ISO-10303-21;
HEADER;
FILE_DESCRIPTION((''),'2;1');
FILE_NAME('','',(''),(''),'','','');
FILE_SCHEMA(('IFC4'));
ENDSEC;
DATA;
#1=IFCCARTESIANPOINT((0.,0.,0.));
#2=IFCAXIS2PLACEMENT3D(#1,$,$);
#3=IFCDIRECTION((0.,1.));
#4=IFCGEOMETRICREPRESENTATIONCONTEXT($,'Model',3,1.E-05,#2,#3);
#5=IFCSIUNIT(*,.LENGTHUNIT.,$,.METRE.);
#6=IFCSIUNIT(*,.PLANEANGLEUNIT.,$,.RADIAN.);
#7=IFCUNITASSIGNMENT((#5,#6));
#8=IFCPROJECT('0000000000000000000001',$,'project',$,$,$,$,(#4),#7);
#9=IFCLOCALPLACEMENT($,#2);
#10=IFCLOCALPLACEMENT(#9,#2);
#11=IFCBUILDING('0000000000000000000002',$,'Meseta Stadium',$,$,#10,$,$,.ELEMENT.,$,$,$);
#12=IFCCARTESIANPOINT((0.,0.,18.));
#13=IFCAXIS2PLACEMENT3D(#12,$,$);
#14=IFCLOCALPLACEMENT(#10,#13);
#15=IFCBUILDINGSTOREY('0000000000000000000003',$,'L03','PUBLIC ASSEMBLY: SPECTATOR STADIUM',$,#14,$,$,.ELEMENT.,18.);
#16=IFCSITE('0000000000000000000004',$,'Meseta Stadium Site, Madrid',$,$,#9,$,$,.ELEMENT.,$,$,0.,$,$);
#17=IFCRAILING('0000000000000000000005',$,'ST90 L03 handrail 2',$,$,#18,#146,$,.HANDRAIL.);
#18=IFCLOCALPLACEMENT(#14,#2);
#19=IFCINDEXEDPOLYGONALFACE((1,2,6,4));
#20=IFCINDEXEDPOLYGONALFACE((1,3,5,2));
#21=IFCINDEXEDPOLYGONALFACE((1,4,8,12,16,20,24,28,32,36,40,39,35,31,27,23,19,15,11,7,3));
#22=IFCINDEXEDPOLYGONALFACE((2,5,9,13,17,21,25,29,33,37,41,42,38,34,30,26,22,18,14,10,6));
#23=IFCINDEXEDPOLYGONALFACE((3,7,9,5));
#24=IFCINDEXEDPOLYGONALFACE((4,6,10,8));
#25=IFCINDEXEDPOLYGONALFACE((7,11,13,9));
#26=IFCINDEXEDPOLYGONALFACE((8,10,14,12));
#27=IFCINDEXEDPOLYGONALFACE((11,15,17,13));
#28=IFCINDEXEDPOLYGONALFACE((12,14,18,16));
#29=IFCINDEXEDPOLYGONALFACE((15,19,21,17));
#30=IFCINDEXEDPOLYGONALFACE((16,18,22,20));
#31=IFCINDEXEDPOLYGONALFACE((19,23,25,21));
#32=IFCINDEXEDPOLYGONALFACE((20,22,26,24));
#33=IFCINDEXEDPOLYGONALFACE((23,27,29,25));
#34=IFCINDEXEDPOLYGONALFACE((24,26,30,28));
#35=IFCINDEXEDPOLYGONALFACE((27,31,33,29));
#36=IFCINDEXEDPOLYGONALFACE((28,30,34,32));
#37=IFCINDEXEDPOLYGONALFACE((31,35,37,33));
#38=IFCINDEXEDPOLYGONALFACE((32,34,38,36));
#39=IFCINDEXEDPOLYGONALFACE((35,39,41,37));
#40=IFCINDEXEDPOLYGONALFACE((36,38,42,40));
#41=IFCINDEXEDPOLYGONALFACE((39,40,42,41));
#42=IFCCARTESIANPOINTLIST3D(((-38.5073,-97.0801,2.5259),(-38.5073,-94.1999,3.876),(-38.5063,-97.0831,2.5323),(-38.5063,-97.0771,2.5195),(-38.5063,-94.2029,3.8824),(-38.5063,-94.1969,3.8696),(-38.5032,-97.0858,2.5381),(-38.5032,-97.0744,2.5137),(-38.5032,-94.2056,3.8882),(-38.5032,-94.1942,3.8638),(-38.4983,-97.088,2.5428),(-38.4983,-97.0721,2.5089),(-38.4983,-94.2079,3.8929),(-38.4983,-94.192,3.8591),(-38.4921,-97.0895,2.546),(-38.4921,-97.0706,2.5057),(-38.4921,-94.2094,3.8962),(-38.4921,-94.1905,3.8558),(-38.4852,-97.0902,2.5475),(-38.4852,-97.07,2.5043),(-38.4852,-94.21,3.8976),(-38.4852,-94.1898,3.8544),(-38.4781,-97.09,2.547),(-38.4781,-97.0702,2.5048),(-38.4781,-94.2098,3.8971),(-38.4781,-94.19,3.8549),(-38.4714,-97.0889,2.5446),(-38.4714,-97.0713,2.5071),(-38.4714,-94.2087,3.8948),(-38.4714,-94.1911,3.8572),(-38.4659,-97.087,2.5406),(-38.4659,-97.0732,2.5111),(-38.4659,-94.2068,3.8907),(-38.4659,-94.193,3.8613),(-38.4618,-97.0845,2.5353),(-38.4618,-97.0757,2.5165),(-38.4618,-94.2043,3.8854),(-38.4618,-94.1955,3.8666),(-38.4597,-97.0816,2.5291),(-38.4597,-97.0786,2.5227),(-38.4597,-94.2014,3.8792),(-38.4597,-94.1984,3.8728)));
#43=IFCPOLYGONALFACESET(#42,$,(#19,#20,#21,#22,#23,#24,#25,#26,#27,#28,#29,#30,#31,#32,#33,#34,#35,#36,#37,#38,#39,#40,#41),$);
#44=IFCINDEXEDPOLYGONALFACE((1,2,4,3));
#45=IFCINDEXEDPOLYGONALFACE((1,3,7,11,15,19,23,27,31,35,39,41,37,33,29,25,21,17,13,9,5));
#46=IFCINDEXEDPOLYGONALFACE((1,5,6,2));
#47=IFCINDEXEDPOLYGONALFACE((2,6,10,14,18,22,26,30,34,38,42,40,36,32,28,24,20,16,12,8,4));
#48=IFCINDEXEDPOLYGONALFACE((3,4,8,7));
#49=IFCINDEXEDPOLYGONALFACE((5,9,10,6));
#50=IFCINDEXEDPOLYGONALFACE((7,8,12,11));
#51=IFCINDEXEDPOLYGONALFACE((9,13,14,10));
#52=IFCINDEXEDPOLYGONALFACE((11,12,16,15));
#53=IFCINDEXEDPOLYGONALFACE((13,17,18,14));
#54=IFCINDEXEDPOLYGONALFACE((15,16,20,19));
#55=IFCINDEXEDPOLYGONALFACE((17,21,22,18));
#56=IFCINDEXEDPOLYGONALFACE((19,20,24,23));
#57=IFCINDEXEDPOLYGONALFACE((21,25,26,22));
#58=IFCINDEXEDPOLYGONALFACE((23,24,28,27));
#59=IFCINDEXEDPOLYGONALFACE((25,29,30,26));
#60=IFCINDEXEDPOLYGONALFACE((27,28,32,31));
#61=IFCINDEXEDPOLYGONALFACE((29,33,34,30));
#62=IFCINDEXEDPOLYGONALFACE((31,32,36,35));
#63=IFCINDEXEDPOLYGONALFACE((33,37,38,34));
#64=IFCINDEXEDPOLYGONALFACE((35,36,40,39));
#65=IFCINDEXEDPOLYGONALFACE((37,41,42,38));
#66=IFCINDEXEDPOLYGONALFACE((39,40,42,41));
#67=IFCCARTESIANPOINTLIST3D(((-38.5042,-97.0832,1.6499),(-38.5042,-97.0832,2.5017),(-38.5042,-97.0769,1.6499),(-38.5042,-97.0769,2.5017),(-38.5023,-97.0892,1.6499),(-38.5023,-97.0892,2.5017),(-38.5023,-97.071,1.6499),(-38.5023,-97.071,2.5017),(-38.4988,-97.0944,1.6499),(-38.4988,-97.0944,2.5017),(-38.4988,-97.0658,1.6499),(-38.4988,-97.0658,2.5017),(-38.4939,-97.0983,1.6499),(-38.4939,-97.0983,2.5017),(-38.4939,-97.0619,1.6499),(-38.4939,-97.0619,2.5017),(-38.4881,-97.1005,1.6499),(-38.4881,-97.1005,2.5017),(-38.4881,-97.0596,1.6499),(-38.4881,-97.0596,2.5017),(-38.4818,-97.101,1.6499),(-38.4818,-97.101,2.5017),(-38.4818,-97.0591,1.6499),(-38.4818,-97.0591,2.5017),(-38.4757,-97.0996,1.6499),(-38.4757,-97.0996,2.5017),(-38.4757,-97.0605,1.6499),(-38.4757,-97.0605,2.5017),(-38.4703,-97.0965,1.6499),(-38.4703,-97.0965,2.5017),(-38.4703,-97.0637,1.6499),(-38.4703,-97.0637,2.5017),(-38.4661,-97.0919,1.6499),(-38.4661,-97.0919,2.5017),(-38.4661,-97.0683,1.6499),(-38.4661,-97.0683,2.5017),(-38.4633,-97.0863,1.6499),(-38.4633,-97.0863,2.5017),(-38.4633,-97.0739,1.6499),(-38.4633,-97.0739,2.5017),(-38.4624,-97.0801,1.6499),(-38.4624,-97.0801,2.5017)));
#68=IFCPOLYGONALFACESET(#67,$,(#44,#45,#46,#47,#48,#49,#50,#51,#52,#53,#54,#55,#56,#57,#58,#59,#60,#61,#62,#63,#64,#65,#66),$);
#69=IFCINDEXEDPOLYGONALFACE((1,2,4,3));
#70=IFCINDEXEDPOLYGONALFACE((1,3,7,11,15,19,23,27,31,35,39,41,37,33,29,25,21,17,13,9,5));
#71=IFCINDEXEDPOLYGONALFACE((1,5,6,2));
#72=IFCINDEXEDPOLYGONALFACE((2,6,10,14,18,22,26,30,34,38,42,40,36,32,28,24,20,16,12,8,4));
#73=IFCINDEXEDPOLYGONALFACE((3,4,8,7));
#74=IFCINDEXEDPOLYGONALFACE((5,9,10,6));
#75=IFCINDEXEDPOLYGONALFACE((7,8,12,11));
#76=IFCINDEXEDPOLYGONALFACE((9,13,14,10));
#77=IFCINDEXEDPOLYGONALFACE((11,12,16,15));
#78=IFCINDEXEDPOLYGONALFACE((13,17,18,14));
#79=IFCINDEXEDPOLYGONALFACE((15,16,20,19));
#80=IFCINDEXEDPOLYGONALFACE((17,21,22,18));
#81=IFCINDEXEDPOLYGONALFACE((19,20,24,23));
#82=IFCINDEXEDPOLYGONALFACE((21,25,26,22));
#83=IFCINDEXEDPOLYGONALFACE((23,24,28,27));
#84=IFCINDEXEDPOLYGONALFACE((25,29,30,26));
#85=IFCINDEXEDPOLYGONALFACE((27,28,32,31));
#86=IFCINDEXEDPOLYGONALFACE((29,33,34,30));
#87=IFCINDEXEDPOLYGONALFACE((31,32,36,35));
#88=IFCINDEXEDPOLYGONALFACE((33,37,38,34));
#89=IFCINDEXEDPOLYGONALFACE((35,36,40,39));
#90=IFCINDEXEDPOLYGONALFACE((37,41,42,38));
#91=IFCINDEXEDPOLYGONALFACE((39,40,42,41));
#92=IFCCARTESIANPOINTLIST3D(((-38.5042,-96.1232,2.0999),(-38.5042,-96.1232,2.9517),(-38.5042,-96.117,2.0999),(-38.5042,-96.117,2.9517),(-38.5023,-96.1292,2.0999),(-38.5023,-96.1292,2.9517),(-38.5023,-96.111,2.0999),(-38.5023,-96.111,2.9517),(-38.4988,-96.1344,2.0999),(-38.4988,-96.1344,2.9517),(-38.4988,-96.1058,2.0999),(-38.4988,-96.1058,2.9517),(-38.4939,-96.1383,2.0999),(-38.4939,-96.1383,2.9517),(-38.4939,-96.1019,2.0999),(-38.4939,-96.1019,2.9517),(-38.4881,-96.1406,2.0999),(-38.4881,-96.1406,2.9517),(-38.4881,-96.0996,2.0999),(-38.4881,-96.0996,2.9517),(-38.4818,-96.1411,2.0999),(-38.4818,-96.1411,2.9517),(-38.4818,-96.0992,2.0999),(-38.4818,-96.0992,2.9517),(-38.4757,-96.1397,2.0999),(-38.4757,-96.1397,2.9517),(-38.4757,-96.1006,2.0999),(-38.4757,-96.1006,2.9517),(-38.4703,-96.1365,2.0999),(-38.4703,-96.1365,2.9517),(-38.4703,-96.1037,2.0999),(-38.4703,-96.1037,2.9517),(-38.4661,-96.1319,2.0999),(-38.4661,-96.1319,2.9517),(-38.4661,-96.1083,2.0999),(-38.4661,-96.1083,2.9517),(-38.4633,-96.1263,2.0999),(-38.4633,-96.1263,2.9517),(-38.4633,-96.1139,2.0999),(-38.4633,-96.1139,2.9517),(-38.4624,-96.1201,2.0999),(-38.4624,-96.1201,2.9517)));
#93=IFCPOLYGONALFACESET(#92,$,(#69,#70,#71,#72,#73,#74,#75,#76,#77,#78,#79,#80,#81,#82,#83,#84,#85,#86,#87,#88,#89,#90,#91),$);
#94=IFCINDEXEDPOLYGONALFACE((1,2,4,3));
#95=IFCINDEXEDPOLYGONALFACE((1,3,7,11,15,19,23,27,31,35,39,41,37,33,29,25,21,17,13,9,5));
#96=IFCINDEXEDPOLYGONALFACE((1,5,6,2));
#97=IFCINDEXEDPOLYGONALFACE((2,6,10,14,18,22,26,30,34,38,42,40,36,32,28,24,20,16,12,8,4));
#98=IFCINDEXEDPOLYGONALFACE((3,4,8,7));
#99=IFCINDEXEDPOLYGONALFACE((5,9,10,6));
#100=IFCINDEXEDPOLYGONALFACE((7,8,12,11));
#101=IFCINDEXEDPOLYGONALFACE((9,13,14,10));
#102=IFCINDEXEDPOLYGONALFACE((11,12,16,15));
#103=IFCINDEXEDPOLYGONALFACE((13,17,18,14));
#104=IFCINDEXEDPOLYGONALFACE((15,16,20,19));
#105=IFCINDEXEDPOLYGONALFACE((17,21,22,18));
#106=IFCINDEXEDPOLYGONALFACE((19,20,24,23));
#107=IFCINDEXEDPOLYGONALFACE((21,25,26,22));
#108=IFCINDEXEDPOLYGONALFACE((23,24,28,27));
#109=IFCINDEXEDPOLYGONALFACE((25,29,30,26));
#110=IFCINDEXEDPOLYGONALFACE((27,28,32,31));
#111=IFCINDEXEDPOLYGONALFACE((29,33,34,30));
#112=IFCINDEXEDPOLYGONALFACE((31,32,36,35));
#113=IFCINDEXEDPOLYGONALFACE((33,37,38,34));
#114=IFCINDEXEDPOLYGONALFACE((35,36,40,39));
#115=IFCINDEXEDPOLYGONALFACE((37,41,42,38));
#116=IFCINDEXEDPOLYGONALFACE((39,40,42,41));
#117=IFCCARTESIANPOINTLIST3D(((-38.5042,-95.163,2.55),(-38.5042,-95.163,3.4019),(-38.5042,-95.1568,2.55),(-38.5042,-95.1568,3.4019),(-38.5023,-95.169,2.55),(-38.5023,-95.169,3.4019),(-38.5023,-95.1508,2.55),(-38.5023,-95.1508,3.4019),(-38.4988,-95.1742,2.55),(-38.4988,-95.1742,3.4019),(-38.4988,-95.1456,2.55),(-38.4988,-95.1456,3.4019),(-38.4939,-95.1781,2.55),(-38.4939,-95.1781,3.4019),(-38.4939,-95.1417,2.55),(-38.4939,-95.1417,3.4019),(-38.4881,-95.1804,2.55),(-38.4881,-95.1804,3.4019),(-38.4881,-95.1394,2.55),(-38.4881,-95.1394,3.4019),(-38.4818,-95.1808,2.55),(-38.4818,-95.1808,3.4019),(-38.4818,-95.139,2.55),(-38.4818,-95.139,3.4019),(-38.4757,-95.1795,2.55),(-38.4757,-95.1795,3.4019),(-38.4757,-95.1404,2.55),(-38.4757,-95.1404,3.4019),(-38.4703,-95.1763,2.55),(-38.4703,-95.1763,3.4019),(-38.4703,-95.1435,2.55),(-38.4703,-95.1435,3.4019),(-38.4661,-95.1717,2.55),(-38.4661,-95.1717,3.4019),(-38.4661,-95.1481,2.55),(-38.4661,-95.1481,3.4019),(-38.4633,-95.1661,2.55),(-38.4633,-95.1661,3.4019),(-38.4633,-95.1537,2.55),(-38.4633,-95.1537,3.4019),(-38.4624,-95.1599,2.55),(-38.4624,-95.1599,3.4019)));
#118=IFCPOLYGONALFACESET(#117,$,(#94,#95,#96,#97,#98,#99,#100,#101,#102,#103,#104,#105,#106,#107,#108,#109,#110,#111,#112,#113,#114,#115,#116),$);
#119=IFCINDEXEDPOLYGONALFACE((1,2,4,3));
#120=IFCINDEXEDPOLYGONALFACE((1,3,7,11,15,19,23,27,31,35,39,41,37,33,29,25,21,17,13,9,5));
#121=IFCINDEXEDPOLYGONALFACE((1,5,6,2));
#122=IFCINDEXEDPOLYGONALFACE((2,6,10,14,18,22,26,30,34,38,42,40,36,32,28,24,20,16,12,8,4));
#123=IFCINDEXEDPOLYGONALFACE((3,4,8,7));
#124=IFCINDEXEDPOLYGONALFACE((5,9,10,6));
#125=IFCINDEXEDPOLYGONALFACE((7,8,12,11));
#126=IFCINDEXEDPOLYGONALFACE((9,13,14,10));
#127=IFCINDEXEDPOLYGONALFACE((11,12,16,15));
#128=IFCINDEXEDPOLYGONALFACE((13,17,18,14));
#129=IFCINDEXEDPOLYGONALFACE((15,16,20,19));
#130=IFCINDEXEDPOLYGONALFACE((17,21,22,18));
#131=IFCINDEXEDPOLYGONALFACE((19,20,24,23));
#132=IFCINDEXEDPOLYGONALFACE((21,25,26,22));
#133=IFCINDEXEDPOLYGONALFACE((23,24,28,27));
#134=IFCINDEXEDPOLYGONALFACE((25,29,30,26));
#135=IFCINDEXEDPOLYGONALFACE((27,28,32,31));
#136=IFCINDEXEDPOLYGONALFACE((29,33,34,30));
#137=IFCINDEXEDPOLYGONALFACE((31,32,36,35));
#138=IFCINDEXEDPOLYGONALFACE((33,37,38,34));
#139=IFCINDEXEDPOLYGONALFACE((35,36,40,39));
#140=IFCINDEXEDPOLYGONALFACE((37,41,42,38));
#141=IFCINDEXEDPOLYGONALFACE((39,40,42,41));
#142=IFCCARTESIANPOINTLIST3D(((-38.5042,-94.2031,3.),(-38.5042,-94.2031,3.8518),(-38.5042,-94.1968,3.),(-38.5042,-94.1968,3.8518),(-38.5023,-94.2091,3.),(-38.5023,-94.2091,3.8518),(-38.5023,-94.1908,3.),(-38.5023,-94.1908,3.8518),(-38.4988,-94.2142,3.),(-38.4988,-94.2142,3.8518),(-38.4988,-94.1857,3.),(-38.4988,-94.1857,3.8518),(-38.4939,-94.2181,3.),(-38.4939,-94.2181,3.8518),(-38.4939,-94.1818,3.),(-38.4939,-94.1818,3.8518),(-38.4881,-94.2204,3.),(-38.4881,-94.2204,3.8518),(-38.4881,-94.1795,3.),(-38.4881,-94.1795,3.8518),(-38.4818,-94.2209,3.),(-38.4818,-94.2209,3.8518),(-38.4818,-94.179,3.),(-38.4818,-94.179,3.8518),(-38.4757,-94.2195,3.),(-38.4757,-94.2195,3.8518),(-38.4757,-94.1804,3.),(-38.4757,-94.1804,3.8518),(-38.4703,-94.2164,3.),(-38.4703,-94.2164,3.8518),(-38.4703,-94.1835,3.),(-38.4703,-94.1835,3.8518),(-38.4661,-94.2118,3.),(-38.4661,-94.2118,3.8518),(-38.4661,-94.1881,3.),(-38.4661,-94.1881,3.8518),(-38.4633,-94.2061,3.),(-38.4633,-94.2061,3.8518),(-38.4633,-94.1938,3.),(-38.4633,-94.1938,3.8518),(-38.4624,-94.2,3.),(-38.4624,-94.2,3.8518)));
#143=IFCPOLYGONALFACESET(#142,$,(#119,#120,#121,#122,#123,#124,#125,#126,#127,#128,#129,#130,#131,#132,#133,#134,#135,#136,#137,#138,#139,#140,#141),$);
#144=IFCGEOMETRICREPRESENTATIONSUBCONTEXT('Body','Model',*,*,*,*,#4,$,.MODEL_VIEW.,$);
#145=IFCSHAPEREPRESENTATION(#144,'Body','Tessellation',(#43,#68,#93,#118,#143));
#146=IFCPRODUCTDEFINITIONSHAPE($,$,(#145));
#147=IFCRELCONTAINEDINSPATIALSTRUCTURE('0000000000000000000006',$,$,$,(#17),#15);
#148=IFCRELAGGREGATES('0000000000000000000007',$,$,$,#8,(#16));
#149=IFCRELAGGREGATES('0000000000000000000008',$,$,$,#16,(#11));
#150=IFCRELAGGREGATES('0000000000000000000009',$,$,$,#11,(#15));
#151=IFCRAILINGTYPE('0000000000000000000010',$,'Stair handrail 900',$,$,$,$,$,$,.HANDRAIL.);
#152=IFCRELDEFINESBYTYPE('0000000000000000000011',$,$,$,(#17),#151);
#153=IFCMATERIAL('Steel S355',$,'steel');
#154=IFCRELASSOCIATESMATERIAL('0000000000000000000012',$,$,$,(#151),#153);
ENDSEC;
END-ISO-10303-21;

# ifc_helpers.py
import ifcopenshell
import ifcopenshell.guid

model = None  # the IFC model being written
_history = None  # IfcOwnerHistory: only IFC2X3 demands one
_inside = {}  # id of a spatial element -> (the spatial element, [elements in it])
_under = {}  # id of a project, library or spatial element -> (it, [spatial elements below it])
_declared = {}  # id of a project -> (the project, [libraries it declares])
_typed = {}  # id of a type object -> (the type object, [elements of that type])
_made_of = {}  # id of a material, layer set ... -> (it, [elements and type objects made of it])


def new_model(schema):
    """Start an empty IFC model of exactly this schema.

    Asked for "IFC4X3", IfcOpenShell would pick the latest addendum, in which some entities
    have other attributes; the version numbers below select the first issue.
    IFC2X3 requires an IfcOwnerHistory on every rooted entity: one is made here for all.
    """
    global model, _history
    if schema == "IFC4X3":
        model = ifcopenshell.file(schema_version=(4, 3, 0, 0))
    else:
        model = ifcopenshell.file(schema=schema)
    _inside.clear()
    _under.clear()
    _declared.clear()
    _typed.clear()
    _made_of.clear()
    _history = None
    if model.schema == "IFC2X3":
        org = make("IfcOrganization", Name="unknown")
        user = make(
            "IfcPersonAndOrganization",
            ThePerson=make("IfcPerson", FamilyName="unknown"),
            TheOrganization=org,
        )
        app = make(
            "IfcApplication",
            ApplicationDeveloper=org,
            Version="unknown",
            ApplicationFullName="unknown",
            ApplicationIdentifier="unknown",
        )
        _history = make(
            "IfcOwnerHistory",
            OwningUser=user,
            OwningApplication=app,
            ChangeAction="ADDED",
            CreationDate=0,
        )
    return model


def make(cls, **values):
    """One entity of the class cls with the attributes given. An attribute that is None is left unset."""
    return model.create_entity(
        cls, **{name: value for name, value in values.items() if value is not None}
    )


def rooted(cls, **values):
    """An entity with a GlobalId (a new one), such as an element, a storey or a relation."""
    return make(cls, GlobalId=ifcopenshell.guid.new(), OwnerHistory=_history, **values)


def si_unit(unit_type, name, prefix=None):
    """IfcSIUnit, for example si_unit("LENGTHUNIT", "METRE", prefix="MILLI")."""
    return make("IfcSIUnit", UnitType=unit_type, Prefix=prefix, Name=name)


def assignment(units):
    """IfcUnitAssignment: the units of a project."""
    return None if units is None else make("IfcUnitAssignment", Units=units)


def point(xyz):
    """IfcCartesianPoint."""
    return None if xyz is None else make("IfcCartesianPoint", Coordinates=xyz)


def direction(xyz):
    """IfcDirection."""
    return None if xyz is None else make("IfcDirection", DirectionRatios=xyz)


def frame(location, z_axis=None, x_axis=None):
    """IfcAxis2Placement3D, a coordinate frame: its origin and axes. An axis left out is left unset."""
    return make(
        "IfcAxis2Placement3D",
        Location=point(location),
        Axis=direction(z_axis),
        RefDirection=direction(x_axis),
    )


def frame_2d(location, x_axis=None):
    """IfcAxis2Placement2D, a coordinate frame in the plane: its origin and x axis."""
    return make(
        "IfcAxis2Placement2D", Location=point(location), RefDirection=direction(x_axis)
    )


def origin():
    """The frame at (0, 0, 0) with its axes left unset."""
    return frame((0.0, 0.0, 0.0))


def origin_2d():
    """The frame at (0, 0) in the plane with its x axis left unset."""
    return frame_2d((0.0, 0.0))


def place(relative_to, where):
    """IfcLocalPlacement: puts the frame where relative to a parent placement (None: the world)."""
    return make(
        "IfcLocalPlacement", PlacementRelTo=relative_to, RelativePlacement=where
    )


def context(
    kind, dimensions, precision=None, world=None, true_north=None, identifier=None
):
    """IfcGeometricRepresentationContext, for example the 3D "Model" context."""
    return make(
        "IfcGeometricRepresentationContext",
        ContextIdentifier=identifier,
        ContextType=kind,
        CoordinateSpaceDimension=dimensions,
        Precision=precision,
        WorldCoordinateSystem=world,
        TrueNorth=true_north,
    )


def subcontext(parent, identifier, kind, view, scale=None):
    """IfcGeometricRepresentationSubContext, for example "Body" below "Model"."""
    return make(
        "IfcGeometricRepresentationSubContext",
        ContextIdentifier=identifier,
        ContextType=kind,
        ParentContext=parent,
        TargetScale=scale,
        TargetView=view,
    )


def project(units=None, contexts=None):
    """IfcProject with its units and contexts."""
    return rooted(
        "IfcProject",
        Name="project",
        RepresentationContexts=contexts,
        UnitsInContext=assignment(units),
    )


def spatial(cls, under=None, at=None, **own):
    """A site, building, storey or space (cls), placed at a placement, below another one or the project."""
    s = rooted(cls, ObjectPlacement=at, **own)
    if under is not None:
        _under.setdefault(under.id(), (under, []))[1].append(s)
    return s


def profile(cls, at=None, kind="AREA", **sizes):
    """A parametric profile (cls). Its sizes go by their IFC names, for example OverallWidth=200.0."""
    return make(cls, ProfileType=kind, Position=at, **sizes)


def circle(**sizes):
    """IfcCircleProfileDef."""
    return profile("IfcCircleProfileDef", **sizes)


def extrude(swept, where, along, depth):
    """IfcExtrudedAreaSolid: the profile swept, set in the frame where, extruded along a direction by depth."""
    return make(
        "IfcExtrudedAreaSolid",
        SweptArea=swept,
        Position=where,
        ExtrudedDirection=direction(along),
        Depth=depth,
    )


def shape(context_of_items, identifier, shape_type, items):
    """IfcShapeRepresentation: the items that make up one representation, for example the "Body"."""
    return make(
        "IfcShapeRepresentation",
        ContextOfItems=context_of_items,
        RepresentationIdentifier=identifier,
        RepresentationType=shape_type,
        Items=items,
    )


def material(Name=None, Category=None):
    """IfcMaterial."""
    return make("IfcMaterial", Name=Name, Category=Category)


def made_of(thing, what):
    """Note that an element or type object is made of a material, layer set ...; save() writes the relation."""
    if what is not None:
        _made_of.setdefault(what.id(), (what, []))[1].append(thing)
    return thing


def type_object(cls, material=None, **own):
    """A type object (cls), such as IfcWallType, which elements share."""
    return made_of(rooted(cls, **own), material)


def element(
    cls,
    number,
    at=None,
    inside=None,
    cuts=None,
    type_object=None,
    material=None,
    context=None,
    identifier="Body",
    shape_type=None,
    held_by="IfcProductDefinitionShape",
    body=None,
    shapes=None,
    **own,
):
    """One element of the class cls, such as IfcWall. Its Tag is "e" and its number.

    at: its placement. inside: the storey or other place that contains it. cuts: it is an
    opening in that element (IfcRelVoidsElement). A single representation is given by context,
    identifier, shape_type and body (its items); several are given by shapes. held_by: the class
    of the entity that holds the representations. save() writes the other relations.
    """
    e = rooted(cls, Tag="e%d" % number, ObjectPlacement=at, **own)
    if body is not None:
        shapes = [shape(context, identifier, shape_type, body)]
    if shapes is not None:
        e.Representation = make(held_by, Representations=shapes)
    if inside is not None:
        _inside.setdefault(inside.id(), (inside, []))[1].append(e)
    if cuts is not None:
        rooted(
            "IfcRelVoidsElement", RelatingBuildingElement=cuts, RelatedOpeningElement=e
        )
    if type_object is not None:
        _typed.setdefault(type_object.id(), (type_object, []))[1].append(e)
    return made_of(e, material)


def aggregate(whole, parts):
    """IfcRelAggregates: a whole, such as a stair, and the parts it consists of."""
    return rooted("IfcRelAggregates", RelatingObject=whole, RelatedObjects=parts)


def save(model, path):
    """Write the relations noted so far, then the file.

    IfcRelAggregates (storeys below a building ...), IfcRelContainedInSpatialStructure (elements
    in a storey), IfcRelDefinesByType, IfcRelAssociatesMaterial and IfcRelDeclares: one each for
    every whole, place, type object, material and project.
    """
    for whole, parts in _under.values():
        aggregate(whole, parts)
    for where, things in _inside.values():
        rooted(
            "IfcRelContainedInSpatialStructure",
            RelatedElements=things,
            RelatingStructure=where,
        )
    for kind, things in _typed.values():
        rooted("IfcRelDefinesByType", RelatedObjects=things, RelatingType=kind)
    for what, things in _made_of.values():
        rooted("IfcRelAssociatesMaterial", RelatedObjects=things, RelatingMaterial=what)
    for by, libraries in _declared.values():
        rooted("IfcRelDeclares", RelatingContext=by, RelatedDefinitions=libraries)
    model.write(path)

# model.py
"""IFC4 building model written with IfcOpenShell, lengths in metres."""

from ifc_helpers import new_model, si_unit, direction, frame, origin, origin_2d, place, context, subcontext, project, spatial, circle, extrude, material, type_object, element, save


model = new_model("IFC4")

# Units and contexts
model_context = context("Model", 3, precision=1e-05, world=origin(), true_north=direction((0.0, 1.0)))
body_context = subcontext(model_context, "Body", "Model", "MODEL_VIEW")
ifc_project = project(units=[si_unit("LENGTHUNIT", "METRE"), si_unit("PLANEANGLEUNIT", "RADIAN")], contexts=[model_context])

# Site, building, storey
site_placement = place(None, origin())
site = spatial("IfcSite", under=ifc_project, at=site_placement, Name="Meseta Stadium Site, Madrid", CompositionType="ELEMENT", RefElevation=0.0)
building_placement = place(site_placement, origin())
building = spatial("IfcBuilding", under=site, at=building_placement, Name="Meseta Stadium", CompositionType="ELEMENT")
storey_placement = place(building_placement, frame((0.0, 0.0, 18.0)))
storey = spatial("IfcBuildingStorey", under=building, at=storey_placement, Name="L03", Description="PUBLIC ASSEMBLY: SPECTATOR STADIUM", CompositionType="ELEMENT", Elevation=18.0)

# Railing
ifc_material_1 = material(Name="Steel S355", Category="steel")
railing_type_1 = type_object("IfcRailingType", Name="Stair handrail 900", PredefinedType="HANDRAIL", material=ifc_material_1)
for number, where, name in (
    (1, (-38.4834, -97.0801, 1.6499), "ST90 L03 handrail 2"),
):
    element("IfcRailing", number, at=place(storey_placement, frame(where)), inside=storey, type_object=railing_type_1, Name=name, PredefinedType="HANDRAIL", context=body_context, shape_type="SweptSolid", body=[
        extrude(circle(Radius=0.0239, at=origin_2d()), frame((0.0, 0.0, 0.876), z_axis=(0.0, 0.905454, 0.424444), x_axis=(-1.0, 0.0, 0.0)), (0.0, 0.0, 1.0), 3.1809),
        extrude(circle(Radius=0.021, at=origin_2d()), origin(), (0.0, 0.0, 1.0), 0.8518),
        extrude(circle(Radius=0.021, at=origin_2d()), frame((0.0, 0.96, 0.45)), (0.0, 0.0, 1.0), 0.8518),
        extrude(circle(Radius=0.021, at=origin_2d()), frame((0.0, 1.9202, 0.9001)), (0.0, 0.0, 1.0), 0.8518),
        extrude(circle(Radius=0.021, at=origin_2d()), frame((0.0, 2.8801, 1.3501)), (0.0, 0.0, 1.0), 0.8518),
    ])

save(model, "model.ifc")
